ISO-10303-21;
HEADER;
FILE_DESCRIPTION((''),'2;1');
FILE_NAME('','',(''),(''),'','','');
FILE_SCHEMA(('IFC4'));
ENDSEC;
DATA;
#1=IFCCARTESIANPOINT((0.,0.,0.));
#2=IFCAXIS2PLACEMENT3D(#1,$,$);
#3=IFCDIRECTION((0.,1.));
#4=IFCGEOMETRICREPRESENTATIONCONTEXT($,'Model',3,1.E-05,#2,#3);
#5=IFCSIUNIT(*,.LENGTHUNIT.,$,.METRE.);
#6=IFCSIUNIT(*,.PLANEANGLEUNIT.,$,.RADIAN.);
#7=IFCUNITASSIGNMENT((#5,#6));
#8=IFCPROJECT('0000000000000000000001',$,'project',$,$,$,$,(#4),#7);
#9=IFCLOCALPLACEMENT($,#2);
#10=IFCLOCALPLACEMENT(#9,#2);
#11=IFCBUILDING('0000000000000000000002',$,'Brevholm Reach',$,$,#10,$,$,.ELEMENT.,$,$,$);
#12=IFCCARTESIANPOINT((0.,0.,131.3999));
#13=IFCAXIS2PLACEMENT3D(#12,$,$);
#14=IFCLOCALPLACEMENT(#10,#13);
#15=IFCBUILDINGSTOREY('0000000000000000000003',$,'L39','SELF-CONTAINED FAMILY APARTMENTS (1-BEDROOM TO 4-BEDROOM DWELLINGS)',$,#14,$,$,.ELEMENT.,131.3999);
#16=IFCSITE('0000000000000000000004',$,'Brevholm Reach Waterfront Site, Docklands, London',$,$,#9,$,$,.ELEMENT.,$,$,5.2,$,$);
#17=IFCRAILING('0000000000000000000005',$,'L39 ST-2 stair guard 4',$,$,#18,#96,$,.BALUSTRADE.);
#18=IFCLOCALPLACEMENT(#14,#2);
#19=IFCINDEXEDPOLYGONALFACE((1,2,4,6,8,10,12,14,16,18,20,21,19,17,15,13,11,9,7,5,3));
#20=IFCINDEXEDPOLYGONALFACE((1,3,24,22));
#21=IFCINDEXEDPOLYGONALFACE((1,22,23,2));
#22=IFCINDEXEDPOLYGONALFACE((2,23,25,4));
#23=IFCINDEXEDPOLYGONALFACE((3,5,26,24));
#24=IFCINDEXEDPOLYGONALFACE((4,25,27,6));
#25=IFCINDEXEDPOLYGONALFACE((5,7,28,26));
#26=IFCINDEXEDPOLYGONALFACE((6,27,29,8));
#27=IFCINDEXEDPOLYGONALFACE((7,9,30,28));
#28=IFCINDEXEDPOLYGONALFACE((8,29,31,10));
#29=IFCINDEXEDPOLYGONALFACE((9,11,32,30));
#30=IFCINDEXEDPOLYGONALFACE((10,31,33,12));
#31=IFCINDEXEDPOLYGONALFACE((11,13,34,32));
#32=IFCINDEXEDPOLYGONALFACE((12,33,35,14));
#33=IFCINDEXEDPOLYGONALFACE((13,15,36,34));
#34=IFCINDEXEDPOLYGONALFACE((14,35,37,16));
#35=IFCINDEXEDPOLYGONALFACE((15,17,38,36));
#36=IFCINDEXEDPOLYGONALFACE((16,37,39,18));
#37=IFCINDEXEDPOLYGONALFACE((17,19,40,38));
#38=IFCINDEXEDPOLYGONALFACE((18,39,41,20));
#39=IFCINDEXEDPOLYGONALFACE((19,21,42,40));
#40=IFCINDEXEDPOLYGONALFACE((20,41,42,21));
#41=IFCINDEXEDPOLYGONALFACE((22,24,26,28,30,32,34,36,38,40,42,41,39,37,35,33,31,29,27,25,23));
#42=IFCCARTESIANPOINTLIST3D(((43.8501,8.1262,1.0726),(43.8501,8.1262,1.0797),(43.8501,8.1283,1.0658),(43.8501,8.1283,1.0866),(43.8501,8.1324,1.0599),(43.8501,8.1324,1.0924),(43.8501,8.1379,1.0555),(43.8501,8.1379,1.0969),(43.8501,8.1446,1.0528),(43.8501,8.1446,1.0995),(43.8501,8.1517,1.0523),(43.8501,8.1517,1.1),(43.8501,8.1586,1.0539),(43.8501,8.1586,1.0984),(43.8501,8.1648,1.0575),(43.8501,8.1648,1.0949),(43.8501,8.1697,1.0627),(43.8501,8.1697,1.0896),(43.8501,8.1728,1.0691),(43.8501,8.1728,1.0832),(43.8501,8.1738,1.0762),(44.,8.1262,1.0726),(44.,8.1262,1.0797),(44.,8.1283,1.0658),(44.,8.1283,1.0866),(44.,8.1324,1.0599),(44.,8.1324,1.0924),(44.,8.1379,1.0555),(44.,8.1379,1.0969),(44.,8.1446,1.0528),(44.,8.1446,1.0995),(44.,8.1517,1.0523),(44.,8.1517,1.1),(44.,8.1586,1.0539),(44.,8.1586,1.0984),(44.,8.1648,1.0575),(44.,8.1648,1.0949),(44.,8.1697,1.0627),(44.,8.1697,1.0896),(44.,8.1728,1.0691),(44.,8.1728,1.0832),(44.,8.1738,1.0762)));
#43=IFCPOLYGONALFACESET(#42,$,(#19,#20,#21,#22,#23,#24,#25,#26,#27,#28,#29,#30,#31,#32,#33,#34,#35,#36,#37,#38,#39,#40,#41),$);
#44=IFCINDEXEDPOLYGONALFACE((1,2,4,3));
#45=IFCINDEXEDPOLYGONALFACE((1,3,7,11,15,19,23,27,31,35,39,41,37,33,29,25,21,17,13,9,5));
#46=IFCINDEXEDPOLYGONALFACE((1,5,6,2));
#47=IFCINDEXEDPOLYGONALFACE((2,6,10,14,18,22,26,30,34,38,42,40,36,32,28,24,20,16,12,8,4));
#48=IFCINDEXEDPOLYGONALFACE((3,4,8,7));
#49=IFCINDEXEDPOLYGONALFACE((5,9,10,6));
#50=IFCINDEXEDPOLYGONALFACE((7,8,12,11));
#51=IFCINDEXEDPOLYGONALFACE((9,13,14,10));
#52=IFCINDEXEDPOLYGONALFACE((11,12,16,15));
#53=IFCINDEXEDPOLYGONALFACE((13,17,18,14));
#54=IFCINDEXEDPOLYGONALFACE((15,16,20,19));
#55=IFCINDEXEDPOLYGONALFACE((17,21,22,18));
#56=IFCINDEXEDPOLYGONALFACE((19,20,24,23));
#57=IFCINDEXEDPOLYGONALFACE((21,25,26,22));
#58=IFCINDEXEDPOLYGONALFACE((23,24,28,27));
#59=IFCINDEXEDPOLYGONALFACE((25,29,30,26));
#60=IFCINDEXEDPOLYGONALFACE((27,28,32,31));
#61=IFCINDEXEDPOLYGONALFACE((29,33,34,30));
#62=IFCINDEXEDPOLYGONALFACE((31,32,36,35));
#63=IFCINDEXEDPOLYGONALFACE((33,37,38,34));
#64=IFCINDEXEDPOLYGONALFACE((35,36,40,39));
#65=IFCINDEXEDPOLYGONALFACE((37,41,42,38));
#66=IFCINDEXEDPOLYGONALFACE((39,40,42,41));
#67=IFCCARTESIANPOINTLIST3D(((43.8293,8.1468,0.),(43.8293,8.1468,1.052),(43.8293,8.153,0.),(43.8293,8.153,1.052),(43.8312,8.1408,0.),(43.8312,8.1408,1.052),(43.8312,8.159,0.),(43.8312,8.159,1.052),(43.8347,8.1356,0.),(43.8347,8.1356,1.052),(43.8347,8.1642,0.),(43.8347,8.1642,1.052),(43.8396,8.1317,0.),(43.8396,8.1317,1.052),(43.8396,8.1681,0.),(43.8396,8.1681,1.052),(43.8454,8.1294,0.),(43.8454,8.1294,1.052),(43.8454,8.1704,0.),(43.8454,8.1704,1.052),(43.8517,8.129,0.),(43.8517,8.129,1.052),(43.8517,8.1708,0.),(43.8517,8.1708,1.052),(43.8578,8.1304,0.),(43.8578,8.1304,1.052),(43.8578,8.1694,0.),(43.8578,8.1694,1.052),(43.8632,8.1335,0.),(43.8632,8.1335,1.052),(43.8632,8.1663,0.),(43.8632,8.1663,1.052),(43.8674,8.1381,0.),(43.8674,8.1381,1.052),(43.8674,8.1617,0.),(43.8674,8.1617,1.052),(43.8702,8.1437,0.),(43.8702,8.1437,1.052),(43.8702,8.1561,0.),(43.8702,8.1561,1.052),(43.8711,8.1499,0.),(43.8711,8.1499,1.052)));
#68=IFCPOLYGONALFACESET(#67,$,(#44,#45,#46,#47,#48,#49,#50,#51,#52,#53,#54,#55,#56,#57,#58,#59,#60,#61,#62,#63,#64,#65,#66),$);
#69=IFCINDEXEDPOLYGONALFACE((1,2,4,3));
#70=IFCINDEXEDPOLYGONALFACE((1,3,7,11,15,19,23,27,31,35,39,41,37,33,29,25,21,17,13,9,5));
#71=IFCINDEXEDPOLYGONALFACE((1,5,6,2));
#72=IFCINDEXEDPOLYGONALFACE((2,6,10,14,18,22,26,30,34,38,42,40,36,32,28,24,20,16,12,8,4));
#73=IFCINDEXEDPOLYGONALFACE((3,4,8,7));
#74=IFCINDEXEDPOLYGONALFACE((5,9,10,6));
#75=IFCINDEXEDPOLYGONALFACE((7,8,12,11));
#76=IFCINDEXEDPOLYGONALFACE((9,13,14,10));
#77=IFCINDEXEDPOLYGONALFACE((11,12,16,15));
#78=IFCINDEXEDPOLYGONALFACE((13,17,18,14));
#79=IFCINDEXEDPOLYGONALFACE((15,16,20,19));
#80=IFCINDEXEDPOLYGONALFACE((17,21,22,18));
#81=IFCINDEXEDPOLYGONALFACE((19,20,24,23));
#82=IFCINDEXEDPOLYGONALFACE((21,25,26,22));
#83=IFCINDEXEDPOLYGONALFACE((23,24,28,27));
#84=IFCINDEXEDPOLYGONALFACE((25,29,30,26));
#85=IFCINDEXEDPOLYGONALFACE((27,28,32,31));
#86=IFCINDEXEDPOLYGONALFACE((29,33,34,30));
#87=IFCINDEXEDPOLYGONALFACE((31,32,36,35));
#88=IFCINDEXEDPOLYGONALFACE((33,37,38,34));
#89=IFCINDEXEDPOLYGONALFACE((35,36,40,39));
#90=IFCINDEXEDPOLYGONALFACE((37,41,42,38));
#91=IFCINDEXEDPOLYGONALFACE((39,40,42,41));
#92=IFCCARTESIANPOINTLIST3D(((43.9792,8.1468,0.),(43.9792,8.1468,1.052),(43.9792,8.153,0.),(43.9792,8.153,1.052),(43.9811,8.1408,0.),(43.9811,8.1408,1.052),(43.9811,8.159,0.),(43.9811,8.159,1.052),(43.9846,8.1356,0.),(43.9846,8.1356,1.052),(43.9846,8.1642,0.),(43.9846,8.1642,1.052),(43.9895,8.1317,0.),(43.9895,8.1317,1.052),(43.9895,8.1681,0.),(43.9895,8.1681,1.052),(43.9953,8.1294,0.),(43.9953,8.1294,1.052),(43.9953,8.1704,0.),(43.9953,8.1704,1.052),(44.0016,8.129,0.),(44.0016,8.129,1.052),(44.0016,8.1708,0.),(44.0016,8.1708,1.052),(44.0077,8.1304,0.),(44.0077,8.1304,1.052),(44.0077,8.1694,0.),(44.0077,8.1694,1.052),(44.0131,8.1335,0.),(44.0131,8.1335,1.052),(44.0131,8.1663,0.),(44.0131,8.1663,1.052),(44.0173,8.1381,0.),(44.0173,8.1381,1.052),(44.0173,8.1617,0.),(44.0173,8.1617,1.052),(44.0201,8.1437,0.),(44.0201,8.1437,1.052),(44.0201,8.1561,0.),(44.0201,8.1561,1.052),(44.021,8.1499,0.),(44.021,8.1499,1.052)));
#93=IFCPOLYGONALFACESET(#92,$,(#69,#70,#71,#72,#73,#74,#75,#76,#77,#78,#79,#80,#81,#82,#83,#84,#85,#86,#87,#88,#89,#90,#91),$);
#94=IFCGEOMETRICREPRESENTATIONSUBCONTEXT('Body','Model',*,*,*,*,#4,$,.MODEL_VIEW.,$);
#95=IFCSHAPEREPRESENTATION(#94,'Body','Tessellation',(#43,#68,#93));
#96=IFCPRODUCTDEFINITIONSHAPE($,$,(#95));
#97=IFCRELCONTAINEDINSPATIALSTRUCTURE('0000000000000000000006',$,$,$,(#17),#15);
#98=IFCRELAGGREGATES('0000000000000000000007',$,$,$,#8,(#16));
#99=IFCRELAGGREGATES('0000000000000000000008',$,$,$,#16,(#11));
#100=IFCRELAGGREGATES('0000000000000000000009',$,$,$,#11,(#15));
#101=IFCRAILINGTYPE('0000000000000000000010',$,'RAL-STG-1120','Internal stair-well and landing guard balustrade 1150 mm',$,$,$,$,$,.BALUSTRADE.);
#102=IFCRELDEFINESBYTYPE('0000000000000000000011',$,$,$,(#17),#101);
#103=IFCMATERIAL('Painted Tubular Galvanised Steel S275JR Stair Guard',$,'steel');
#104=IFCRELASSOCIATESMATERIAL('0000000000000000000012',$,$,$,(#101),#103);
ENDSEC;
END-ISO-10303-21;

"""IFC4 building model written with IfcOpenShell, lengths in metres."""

from ifc_helpers import new_model, si_unit, direction, frame, origin, origin_2d, place, context, subcontext, project, spatial, circle, extrude, material, type_object, element, save


model = new_model("IFC4")

# Units and contexts
model_context = context("Model", 3, precision=1e-05, world=origin(), true_north=direction((0.0, 1.0)))
body_context = subcontext(model_context, "Body", "Model", "MODEL_VIEW")
ifc_project = project(units=[si_unit("LENGTHUNIT", "METRE"), si_unit("PLANEANGLEUNIT", "RADIAN")], contexts=[model_context])

# Site, building, storey
site_placement = place(None, origin())
site = spatial("IfcSite", under=ifc_project, at=site_placement, Name="Brevholm Reach Waterfront Site, Docklands, London", CompositionType="ELEMENT", RefElevation=5.2)
building_placement = place(site_placement, origin())
building = spatial("IfcBuilding", under=site, at=building_placement, Name="Brevholm Reach", CompositionType="ELEMENT")
storey_placement = place(building_placement, frame((0.0, 0.0, 131.3999)))
storey = spatial("IfcBuildingStorey", under=building, at=storey_placement, Name="L39", Description="SELF-CONTAINED FAMILY APARTMENTS (1-BEDROOM TO 4-BEDROOM DWELLINGS)", CompositionType="ELEMENT", Elevation=131.3999)

# Railing
ifc_material_1 = material(Name="Painted Tubular Galvanised Steel S275JR Stair Guard", Category="steel")
railing_type_1 = type_object("IfcRailingType", Name="RAL-STG-1120", Description="Internal stair-well and landing guard balustrade 1150 mm", PredefinedType="BALUSTRADE", material=ifc_material_1)
railing_1_placement = place(storey_placement, frame((43.8501, 8.1499, 0.0)))
element("IfcRailing", 1, at=railing_1_placement, inside=storey, type_object=railing_type_1, Name="L39 ST-2 stair guard 4", PredefinedType="BALUSTRADE", context=body_context, shape_type="SweptSolid", body=[
    extrude(circle(Radius=0.0239, at=origin_2d()), frame((0.0, 0.0, 1.0762), z_axis=(1.0, 0.0, 0.0), x_axis=(0.0, 1.0, 0.0)), (0.0, 0.0, 1.0), 0.1499),
    extrude(circle(Radius=0.021, at=origin_2d()), origin(), (0.0, 0.0, 1.0), 1.052),
    extrude(circle(Radius=0.021, at=origin_2d()), frame((0.1499, 0.0, 0.0)), (0.0, 0.0, 1.0), 1.052),
])

save(model, "model.ifc")
